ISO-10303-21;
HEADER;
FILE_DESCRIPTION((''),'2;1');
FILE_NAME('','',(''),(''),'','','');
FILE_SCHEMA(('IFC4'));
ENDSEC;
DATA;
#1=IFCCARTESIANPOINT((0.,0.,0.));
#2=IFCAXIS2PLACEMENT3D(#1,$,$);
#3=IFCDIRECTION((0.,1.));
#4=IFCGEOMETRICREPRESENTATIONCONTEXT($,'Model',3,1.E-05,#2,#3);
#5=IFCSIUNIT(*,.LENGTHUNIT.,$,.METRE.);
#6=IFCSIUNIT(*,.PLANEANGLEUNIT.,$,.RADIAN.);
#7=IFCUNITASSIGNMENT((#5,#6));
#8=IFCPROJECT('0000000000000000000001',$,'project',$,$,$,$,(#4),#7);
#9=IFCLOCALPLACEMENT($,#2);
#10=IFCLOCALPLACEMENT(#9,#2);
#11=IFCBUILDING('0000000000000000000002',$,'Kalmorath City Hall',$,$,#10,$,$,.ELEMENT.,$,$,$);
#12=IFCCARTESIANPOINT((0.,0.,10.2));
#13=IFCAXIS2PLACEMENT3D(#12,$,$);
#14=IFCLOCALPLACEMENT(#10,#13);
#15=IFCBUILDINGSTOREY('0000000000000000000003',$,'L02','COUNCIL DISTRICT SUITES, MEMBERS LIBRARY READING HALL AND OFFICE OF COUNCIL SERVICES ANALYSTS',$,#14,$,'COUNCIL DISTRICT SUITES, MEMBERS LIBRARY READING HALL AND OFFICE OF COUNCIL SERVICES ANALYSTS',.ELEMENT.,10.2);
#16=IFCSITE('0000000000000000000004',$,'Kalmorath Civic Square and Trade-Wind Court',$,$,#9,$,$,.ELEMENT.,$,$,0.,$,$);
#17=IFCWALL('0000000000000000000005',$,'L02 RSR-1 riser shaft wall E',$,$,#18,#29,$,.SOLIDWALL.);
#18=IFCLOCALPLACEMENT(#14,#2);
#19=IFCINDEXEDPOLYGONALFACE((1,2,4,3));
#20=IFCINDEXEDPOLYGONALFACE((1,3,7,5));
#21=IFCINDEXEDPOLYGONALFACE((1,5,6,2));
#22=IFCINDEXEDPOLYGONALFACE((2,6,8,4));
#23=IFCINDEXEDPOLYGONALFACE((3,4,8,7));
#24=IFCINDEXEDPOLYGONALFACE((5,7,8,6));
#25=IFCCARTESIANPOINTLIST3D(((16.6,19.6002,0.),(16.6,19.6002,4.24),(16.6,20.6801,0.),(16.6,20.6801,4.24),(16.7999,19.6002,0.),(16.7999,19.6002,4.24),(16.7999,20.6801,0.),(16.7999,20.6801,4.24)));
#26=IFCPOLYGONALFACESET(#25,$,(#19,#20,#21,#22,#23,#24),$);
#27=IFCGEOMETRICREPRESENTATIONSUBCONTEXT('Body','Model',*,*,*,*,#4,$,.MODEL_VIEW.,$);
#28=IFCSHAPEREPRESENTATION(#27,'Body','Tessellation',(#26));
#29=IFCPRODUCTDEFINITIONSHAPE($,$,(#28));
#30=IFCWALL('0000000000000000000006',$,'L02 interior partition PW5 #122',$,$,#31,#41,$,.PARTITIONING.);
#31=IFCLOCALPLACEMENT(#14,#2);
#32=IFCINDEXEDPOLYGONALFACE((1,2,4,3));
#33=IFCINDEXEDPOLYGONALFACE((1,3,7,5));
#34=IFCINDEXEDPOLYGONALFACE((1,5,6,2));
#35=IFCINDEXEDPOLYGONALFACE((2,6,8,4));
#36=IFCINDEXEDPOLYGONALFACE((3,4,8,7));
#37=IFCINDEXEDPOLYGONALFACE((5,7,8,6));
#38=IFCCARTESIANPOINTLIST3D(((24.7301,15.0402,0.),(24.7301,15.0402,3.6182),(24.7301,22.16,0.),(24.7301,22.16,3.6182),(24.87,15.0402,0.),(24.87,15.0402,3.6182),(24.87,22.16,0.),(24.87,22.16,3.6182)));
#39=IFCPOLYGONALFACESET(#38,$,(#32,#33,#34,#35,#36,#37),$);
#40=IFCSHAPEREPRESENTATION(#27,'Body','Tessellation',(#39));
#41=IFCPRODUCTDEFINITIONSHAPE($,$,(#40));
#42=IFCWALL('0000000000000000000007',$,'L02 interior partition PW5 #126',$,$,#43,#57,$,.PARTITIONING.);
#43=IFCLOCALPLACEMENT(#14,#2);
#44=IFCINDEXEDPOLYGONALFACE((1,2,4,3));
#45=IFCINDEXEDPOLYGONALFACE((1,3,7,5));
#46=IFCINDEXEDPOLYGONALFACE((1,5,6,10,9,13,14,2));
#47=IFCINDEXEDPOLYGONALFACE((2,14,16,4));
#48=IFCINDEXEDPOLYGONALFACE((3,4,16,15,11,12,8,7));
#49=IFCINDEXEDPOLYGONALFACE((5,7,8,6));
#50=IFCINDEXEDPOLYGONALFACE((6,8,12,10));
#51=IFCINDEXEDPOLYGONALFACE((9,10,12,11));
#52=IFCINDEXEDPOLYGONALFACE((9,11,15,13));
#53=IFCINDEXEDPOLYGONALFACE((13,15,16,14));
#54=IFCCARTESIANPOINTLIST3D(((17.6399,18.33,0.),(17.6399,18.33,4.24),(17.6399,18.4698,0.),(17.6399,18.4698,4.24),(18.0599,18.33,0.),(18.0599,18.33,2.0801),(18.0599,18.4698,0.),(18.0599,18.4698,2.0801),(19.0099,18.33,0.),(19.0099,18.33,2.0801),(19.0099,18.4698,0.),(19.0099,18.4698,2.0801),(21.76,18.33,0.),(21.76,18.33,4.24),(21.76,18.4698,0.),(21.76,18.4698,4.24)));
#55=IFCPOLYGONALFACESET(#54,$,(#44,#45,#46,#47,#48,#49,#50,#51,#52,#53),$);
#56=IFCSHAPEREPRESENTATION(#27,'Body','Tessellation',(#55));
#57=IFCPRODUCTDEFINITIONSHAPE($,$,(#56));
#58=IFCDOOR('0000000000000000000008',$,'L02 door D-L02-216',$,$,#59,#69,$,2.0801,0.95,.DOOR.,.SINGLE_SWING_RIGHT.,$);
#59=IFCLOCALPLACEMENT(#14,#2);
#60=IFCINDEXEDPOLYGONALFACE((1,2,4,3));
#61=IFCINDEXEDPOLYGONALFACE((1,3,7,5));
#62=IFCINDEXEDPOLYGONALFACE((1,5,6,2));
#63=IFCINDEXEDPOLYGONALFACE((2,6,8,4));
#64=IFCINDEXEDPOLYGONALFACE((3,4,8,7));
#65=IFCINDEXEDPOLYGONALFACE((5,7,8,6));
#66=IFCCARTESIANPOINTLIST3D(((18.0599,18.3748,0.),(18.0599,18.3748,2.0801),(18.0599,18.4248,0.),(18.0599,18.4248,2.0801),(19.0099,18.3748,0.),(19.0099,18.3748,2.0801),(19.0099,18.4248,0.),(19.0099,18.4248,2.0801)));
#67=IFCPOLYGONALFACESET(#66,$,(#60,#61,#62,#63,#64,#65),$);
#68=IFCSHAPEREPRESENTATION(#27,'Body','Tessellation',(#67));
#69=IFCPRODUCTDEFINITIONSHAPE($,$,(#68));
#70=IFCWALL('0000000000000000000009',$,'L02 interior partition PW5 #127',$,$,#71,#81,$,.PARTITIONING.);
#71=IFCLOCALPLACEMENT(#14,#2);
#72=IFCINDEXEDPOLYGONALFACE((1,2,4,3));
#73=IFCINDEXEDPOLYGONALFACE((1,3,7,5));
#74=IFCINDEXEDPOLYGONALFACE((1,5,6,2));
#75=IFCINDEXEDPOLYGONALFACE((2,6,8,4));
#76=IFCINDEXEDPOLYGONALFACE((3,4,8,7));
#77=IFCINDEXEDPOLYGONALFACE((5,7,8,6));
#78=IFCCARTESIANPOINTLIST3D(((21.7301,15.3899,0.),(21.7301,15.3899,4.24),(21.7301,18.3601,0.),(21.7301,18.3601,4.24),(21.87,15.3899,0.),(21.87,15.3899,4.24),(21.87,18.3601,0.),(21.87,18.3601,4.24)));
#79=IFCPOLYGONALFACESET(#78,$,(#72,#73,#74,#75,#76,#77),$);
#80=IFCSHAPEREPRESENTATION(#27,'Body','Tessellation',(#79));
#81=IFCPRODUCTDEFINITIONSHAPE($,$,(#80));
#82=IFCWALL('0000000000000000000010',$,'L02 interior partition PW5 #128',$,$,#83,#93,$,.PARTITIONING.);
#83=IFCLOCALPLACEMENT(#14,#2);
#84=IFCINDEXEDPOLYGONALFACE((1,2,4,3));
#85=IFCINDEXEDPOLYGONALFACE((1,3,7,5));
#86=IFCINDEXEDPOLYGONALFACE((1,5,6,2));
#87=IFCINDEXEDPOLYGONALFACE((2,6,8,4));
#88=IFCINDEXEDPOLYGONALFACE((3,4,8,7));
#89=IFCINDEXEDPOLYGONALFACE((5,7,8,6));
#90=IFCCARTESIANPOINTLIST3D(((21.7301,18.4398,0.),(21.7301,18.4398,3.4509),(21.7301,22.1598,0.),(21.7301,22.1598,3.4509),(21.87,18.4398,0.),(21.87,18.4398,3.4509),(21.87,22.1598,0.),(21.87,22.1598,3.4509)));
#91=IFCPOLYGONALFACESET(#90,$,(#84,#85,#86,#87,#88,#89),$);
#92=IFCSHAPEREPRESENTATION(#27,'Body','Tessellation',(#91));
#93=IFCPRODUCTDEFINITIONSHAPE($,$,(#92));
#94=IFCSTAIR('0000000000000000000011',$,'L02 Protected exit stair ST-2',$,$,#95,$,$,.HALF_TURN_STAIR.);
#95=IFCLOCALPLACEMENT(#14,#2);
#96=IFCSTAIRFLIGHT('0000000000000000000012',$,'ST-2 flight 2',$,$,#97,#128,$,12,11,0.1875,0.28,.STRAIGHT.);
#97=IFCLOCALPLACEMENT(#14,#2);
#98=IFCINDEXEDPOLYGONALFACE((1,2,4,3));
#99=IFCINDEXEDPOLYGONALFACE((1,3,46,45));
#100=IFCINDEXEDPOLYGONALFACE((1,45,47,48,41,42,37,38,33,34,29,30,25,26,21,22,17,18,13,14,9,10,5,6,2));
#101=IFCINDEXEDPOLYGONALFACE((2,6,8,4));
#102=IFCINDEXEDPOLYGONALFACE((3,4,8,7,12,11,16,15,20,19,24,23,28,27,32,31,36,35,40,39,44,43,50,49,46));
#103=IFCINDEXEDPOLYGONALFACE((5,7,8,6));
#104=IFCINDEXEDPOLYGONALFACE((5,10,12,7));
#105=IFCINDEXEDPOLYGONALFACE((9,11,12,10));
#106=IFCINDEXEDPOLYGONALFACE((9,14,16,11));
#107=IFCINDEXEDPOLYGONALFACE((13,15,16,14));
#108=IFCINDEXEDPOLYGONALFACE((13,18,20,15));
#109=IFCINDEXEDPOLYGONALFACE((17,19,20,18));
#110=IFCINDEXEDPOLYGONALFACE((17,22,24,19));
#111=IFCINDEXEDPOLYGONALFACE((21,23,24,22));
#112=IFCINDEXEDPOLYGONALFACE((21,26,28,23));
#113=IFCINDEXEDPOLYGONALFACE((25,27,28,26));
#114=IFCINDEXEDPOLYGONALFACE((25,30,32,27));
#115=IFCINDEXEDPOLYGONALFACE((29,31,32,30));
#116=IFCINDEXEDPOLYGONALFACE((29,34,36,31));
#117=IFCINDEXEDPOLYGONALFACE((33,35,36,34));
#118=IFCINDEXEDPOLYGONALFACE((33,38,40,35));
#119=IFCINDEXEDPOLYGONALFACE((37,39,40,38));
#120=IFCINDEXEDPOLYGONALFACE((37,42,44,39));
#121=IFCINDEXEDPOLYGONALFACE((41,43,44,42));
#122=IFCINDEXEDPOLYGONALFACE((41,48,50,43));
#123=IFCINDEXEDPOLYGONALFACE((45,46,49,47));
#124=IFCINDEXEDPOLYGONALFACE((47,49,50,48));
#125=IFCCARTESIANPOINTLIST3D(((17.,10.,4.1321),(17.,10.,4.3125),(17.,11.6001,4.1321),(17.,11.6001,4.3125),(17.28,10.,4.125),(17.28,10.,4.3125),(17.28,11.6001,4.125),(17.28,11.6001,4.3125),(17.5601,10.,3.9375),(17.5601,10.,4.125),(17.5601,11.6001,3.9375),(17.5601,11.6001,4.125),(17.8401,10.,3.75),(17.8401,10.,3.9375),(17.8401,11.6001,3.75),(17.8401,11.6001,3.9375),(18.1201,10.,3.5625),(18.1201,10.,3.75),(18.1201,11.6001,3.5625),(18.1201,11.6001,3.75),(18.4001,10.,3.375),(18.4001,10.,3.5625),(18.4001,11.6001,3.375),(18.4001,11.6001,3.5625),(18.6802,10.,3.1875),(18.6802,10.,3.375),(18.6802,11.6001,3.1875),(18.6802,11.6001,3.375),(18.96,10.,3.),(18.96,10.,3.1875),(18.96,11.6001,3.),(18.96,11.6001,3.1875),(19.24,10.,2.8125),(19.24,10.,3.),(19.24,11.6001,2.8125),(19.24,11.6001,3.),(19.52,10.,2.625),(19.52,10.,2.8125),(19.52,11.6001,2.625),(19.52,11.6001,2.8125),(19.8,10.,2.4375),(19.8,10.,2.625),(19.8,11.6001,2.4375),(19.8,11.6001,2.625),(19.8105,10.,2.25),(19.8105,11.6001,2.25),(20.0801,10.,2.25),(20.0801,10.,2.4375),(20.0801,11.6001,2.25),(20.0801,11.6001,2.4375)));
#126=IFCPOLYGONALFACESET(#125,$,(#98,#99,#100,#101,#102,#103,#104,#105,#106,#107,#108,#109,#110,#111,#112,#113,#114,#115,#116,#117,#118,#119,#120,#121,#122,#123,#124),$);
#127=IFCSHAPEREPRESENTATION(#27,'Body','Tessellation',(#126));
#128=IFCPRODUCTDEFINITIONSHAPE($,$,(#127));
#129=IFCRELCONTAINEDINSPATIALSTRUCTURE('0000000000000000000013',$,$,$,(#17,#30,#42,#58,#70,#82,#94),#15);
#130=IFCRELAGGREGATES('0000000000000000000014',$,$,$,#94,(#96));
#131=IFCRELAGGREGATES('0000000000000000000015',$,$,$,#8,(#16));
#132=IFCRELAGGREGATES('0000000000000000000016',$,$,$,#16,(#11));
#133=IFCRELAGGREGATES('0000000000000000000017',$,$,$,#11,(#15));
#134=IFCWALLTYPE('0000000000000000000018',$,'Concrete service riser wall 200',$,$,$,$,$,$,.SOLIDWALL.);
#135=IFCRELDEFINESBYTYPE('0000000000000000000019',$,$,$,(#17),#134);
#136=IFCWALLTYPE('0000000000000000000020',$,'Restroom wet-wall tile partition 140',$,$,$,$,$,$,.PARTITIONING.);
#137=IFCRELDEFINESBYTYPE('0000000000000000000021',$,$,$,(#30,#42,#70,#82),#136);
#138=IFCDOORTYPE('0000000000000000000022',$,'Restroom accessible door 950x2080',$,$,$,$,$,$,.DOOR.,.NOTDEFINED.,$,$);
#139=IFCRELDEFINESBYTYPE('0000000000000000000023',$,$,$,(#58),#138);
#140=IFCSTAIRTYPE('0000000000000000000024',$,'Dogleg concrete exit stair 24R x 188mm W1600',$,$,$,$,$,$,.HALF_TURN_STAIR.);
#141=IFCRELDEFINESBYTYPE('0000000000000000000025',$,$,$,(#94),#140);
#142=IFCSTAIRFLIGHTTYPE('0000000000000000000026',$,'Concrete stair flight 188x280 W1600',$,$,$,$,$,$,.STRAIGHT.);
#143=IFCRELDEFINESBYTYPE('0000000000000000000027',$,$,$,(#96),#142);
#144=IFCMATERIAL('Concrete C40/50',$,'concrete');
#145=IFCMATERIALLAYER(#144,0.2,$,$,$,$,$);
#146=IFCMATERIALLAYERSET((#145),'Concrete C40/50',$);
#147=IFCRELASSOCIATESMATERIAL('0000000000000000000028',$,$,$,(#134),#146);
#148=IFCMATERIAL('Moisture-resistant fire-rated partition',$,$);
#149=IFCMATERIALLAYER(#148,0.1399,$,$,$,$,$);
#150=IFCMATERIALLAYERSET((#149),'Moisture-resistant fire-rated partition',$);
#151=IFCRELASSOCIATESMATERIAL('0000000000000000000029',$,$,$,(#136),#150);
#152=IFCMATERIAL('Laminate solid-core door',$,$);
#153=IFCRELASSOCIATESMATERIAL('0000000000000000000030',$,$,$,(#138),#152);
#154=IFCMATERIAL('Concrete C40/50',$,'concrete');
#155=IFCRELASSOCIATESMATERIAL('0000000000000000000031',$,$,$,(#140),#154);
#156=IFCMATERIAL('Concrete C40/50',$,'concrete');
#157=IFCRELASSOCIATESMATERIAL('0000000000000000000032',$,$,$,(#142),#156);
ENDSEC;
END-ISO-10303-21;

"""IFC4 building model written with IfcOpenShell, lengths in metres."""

from ifc_helpers import new_model, si_unit, direction, frame, frame_2d, origin, place, context, subcontext, project, spatial, polyline, rectangle, outline, extrude, material, layer, layer_set, type_object, element, fill, aggregate, save


model = new_model("IFC4")

# Units and contexts
model_context = context("Model", 3, precision=1e-05, world=origin(), true_north=direction((0.0, 1.0)))
body_context = subcontext(model_context, "Body", "Model", "MODEL_VIEW")
ifc_project = project(units=[si_unit("LENGTHUNIT", "METRE"), si_unit("PLANEANGLEUNIT", "RADIAN")], contexts=[model_context])

# Site, building, storey
site_placement = place(None, origin())
site = spatial("IfcSite", under=ifc_project, at=site_placement, Name="Kalmorath Civic Square and Trade-Wind Court", CompositionType="ELEMENT", RefElevation=0.0)
building_placement = place(site_placement, origin())
building = spatial("IfcBuilding", under=site, at=building_placement, Name="Kalmorath City Hall", CompositionType="ELEMENT")
storey_placement = place(building_placement, frame((0.0, 0.0, 10.2)))
storey = spatial("IfcBuildingStorey", under=building, at=storey_placement, Name="L02", Description="COUNCIL DISTRICT SUITES, MEMBERS LIBRARY READING HALL AND OFFICE OF COUNCIL SERVICES ANALYSTS", LongName="COUNCIL DISTRICT SUITES, MEMBERS LIBRARY READING HALL AND OFFICE OF COUNCIL SERVICES ANALYSTS", CompositionType="ELEMENT", Elevation=10.2)

# Walls
ifc_material_1 = material(Name="Concrete C40/50", Category="concrete")
ifc_layer_1 = layer(ifc_material_1, 0.2)
ifc_layer_set_1 = layer_set([ifc_layer_1], Name="Concrete C40/50")
wall_type_1 = type_object("IfcWallType", Name="Concrete service riser wall 200", PredefinedType="SOLIDWALL", material=ifc_layer_set_1)
wall_1_placement = place(storey_placement, frame((16.7, 19.6001, 0.0), z_axis=(0.0, 0.0, 1.0), x_axis=(0.0, 1.0, 0.0)))
element("IfcWall", 1, at=wall_1_placement, inside=storey, type_object=wall_type_1, Name="L02 RSR-1 riser shaft wall E", PredefinedType="SOLIDWALL", context=body_context, shape_type="SweptSolid", body=[
    extrude(rectangle(XDim=1.0798, YDim=0.2, at=frame_2d((0.54, 0.0))), origin(), (0.0, 0.0, 1.0), 4.24),
])
ifc_material_2 = material(Name="Moisture-resistant fire-rated partition")
ifc_layer_2 = layer(ifc_material_2, 0.1399)
ifc_layer_set_2 = layer_set([ifc_layer_2], Name="Moisture-resistant fire-rated partition")
wall_type_2 = type_object("IfcWallType", Name="Restroom wet-wall tile partition 140", PredefinedType="PARTITIONING", material=ifc_layer_set_2)
wall_2_placement = place(storey_placement, frame((24.8, 15.04, 0.0), z_axis=(0.0, 0.0, 1.0), x_axis=(0.0, 1.0, 0.0)))
element("IfcWall", 2, at=wall_2_placement, inside=storey, type_object=wall_type_2, Name="L02 interior partition PW5 #122", PredefinedType="PARTITIONING", context=body_context, shape_type="SweptSolid", body=[
    extrude(rectangle(XDim=7.1199, YDim=0.1399, at=frame_2d((3.5601, 0.0))), origin(), (0.0, 0.0, 1.0), 3.6182),
])

# Wall, opening, door
wall_3_placement = place(storey_placement, frame((17.6399, 18.3999, 0.0), z_axis=(0.0, 0.0, 1.0), x_axis=(1.0, 0.0, 0.0)))
wall_3 = element("IfcWall", 3, at=wall_3_placement, inside=storey, type_object=wall_type_2, Name="L02 interior partition PW5 #126", PredefinedType="PARTITIONING", context=body_context, shape_type="SweptSolid", body=[
    extrude(rectangle(XDim=4.1201, YDim=0.1399, at=frame_2d((2.0601, 0.0))), origin(), (0.0, 0.0, 1.0), 4.24),
])
opening_1_placement = place(wall_3_placement, frame((0.4199, 0.0, 0.0)))
opening_1 = element("IfcOpeningElement", 4, at=opening_1_placement, cuts=wall_3, PredefinedType="OPENING", context=body_context, shape_type="SweptSolid", body=[
    extrude(rectangle(XDim=0.95, YDim=2.0801, at=frame_2d((0.4751, 1.04))), frame((0.0, 0.0798, 0.0), z_axis=(0.0, -1.0, 0.0), x_axis=(1.0, 0.0, 0.0)), (0.0, 0.0, 1.0), 0.1599),
])
ifc_material_3 = material(Name="Laminate solid-core door")
door_type_1 = type_object("IfcDoorType", Name="Restroom accessible door 950x2080", OperationType="NOTDEFINED", PredefinedType="DOOR", material=ifc_material_3)
door_1_placement = place(opening_1_placement, origin())
door_1 = element("IfcDoor", 5, at=door_1_placement, inside=storey, type_object=door_type_1, Name="L02 door D-L02-216", OperationType="SINGLE_SWING_RIGHT", OverallHeight=2.0801, OverallWidth=0.95, PredefinedType="DOOR", context=body_context, shape_type="SweptSolid", body=[
    extrude(rectangle(XDim=0.95, YDim=2.0801, at=frame_2d((0.4751, 1.04))), frame((0.0, 0.0249, 0.0), z_axis=(0.0, -1.0, 0.0), x_axis=(1.0, 0.0, 0.0)), (0.0, 0.0, 1.0), 0.05),
])
fill(opening_1, door_1)

# Walls
wall_4_placement = place(storey_placement, frame((21.8, 15.3899, 0.0), z_axis=(0.0, 0.0, 1.0), x_axis=(0.0, 1.0, 0.0)))
element("IfcWall", 6, at=wall_4_placement, inside=storey, type_object=wall_type_2, Name="L02 interior partition PW5 #127", PredefinedType="PARTITIONING", context=body_context, shape_type="SweptSolid", body=[
    extrude(rectangle(XDim=2.9702, YDim=0.1399, at=frame_2d((1.4851, 0.0))), origin(), (0.0, 0.0, 1.0), 4.24),
])
wall_5_placement = place(storey_placement, frame((21.8, 18.4399, 0.0), z_axis=(0.0, 0.0, 1.0), x_axis=(0.0, 1.0, 0.0)))
element("IfcWall", 7, at=wall_5_placement, inside=storey, type_object=wall_type_2, Name="L02 interior partition PW5 #128", PredefinedType="PARTITIONING", context=body_context, shape_type="SweptSolid", body=[
    extrude(rectangle(XDim=3.72, YDim=0.1399, at=frame_2d((1.8599, 0.0))), origin(), (0.0, 0.0, 1.0), 3.4509),
])

# Stair, stair flight
ifc_material_4 = material(Name="Concrete C40/50", Category="concrete")
stair_type = type_object("IfcStairType", Name="Dogleg concrete exit stair 24R x 188mm W1600", PredefinedType="HALF_TURN_STAIR", material=ifc_material_4)
stair_placement = place(storey_placement, origin())
stair = element("IfcStair", 8, at=stair_placement, inside=storey, type_object=stair_type, Name="L02 Protected exit stair ST-2", PredefinedType="HALF_TURN_STAIR")
ifc_material_5 = material(Name="Concrete C40/50", Category="concrete")
stair_flight_type = type_object("IfcStairFlightType", Name="Concrete stair flight 188x280 W1600", PredefinedType="STRAIGHT", material=ifc_material_5)
stair_flight_placement = place(storey_placement, frame((20.0801, 10.8, 2.25), z_axis=(0.0, 0.0, 1.0), x_axis=(-1.0, 0.0, 0.0)))
stair_flight = element("IfcStairFlight", 9, at=stair_flight_placement, type_object=stair_flight_type, Name="ST-2 flight 2", NumberOfRisers=12, NumberOfTreads=11, PredefinedType="STRAIGHT", RiserHeight=0.1875, TreadLength=0.28, context=body_context, shape_type="SweptSolid", body=[
    extrude(outline(polyline([(0.0, 0.0), (0.0, 0.1875), (0.28, 0.1875), (0.28, 0.375), (0.5601, 0.375), (0.5601, 0.5625), (0.8401, 0.5625), (0.8401, 0.75), (1.1201, 0.75), (1.1201, 0.9375), (1.3999, 0.9375), (1.3999, 1.125), (1.6799, 1.125), (1.6799, 1.3125), (1.96, 1.3125), (1.96, 1.5), (2.24, 1.5), (2.24, 1.6875), (2.52, 1.6875), (2.52, 1.875), (2.8, 1.875), (2.8, 2.0625), (3.0801, 2.0625), (3.0801, 2.25), (3.0801, 1.8821), (0.2695, 0.0), (0.0, 0.0)])), frame((0.0, 0.8, 0.0), z_axis=(0.0, -1.0, 0.0), x_axis=(1.0, 0.0, 0.0)), (0.0, 0.0, 1.0), 1.6001),
])
aggregate(stair, [stair_flight])

save(model, "model.ifc")
